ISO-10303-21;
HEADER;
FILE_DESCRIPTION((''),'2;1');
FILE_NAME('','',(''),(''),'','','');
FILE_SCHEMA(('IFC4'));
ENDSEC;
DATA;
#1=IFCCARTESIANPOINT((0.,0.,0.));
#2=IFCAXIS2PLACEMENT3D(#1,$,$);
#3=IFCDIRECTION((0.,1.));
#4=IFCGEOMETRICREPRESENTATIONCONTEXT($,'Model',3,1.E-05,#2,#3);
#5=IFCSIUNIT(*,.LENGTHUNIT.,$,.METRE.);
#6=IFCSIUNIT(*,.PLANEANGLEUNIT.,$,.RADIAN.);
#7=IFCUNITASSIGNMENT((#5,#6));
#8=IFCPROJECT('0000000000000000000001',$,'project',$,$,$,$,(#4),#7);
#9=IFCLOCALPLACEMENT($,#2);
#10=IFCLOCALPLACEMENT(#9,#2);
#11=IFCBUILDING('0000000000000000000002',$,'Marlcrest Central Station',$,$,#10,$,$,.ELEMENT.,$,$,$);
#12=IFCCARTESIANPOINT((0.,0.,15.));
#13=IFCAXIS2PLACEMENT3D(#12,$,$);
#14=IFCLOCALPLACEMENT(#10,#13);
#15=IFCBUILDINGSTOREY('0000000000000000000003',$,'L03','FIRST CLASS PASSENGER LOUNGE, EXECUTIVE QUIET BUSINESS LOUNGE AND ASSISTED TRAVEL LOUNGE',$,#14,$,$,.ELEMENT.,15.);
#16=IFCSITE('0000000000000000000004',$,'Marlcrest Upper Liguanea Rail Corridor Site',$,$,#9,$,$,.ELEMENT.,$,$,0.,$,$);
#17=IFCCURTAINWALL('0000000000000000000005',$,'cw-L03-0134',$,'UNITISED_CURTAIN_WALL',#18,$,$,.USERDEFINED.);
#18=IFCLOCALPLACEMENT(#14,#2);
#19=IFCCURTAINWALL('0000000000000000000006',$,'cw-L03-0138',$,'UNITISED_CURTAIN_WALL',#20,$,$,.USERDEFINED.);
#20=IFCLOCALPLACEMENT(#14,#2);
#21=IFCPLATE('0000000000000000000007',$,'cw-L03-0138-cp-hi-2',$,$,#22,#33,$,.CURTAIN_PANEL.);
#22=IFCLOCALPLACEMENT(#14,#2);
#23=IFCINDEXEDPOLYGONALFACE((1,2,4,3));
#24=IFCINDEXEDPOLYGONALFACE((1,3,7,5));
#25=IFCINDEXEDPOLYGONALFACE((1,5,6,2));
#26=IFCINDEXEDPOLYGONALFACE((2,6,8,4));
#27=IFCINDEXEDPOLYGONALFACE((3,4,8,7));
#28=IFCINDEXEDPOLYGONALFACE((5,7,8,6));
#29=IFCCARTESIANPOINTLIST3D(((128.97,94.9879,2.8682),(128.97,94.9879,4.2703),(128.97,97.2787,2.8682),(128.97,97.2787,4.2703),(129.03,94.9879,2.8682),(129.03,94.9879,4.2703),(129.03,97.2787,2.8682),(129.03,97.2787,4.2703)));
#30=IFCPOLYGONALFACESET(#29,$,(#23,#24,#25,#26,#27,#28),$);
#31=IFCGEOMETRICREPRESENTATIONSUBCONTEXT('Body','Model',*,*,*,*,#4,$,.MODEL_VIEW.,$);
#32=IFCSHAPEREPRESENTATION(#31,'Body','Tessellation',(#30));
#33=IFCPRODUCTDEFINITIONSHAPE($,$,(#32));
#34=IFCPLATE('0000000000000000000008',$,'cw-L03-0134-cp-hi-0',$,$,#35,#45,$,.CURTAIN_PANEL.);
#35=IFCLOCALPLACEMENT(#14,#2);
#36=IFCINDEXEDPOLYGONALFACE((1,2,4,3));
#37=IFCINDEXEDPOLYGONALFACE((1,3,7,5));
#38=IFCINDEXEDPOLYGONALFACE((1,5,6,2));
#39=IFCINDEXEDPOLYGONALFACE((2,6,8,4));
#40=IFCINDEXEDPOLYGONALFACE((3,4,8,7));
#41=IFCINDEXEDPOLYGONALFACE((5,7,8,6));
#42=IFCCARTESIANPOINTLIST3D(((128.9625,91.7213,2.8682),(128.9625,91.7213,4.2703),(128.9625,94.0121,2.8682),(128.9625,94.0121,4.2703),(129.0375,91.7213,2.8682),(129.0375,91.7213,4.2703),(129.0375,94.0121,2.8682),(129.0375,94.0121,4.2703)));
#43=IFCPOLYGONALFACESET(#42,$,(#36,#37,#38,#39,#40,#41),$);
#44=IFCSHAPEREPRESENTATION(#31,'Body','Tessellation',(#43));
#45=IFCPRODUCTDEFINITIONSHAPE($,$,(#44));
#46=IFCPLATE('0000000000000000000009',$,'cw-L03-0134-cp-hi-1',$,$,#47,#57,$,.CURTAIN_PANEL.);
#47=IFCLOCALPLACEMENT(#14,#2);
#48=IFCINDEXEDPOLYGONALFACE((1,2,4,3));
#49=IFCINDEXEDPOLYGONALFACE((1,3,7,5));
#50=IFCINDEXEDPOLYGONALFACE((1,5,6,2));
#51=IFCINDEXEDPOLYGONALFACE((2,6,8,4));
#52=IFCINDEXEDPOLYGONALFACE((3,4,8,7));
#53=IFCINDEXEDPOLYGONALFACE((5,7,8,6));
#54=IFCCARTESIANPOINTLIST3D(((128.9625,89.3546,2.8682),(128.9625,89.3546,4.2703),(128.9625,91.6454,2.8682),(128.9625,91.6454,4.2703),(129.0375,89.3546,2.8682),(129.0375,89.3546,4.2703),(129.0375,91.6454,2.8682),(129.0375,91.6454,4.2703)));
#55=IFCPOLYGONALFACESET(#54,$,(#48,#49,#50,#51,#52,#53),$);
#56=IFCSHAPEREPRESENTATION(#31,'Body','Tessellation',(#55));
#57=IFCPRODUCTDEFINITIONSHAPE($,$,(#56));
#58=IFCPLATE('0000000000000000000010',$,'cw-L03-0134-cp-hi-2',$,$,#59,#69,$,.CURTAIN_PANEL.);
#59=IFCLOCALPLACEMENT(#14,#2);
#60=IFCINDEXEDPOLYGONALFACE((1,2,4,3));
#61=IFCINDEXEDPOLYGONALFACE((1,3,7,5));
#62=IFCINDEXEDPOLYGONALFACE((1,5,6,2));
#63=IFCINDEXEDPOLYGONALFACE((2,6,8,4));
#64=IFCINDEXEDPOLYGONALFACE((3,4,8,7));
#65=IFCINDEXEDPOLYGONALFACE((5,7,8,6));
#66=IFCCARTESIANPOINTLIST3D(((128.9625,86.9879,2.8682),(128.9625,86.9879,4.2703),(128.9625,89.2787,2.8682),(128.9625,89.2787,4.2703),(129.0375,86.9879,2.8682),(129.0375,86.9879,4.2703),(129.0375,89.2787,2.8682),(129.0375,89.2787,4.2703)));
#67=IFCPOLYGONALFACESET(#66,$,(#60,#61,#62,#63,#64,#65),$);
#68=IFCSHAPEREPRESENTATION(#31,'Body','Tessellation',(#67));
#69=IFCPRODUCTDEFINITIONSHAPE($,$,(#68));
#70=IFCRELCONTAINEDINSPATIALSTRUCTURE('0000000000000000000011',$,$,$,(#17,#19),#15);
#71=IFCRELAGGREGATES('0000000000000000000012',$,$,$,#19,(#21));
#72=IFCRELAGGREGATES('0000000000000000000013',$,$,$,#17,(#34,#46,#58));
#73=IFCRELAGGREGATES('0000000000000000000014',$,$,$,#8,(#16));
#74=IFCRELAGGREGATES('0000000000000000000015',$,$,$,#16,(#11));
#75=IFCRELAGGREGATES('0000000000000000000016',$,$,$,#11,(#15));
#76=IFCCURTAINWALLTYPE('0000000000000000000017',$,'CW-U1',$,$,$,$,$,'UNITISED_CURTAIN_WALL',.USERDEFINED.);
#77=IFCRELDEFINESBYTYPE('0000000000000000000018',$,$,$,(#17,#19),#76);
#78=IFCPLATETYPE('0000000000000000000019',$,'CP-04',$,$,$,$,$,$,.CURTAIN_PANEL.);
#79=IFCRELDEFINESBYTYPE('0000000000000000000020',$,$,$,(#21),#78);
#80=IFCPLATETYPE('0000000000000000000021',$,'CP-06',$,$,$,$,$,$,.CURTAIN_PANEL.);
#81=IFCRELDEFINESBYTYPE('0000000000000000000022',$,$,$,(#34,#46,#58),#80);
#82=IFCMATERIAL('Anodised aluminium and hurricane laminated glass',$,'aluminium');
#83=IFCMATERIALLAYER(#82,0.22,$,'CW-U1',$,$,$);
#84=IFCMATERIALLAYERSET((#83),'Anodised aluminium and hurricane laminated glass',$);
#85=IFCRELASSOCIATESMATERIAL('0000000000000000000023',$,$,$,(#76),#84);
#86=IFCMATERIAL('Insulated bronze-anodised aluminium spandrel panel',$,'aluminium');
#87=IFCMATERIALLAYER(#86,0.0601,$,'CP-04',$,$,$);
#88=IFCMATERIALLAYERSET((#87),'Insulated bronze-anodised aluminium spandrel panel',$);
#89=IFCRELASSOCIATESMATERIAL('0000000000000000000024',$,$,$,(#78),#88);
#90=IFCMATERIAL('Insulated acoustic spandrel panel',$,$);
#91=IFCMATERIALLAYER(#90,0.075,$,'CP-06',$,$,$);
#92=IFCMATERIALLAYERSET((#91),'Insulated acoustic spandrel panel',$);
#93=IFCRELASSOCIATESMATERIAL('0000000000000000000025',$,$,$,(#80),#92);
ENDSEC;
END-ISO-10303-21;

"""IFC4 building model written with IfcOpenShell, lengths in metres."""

from ifc_helpers import new_model, si_unit, direction, frame, origin, origin_2d, place, context, subcontext, project, spatial, rectangle, extrude, material, layer, layer_set, type_object, element, aggregate, save


model = new_model("IFC4")

# Units and contexts
model_context = context("Model", 3, precision=1e-05, world=origin(), true_north=direction((0.0, 1.0)))
body_context = subcontext(model_context, "Body", "Model", "MODEL_VIEW")
ifc_project = project(units=[si_unit("LENGTHUNIT", "METRE"), si_unit("PLANEANGLEUNIT", "RADIAN")], contexts=[model_context])

# Site, building, storey
site_placement = place(None, origin())
site = spatial("IfcSite", under=ifc_project, at=site_placement, Name="Marlcrest Upper Liguanea Rail Corridor Site", CompositionType="ELEMENT", RefElevation=0.0)
building_placement = place(site_placement, origin())
building = spatial("IfcBuilding", under=site, at=building_placement, Name="Marlcrest Central Station", CompositionType="ELEMENT")
storey_placement = place(building_placement, frame((0.0, 0.0, 15.0)))
storey = spatial("IfcBuildingStorey", under=building, at=storey_placement, Name="L03", Description="FIRST CLASS PASSENGER LOUNGE, EXECUTIVE QUIET BUSINESS LOUNGE AND ASSISTED TRAVEL LOUNGE", CompositionType="ELEMENT", Elevation=15.0)

# Curtain walls
ifc_material_1 = material(Name="Anodised aluminium and hurricane laminated glass", Category="aluminium")
ifc_layer_1 = layer(ifc_material_1, 0.22, Name="CW-U1")
ifc_layer_set_1 = layer_set([ifc_layer_1], Name="Anodised aluminium and hurricane laminated glass")
curtain_wall_type = type_object("IfcCurtainWallType", Name="CW-U1", ElementType="UNITISED_CURTAIN_WALL", PredefinedType="USERDEFINED", material=ifc_layer_set_1)
curtain_wall_1_placement = place(storey_placement, origin())
curtain_wall_1 = element("IfcCurtainWall", 1, at=curtain_wall_1_placement, inside=storey, type_object=curtain_wall_type, Name="cw-L03-0134", ObjectType="UNITISED_CURTAIN_WALL", PredefinedType="USERDEFINED")
curtain_wall_2_placement = place(storey_placement, origin())
curtain_wall_2 = element("IfcCurtainWall", 2, at=curtain_wall_2_placement, inside=storey, type_object=curtain_wall_type, Name="cw-L03-0138", ObjectType="UNITISED_CURTAIN_WALL", PredefinedType="USERDEFINED")

# Plates
ifc_material_2 = material(Name="Insulated bronze-anodised aluminium spandrel panel", Category="aluminium")
ifc_layer_2 = layer(ifc_material_2, 0.0601, Name="CP-04")
ifc_layer_set_2 = layer_set([ifc_layer_2], Name="Insulated bronze-anodised aluminium spandrel panel")
plate_type_1 = type_object("IfcPlateType", Name="CP-04", PredefinedType="CURTAIN_PANEL", material=ifc_layer_set_2)
plate_1_placement = place(storey_placement, frame((129.0, 96.1333, 2.8682), z_axis=(0.0, 0.0, 1.0), x_axis=(0.0, -1.0, 0.0)))
plate_1 = element("IfcPlate", 3, at=plate_1_placement, type_object=plate_type_1, Name="cw-L03-0138-cp-hi-2", PredefinedType="CURTAIN_PANEL", context=body_context, shape_type="SweptSolid", body=[
    extrude(rectangle(XDim=2.2908, YDim=0.0601, at=origin_2d()), origin(), (0.0, 0.0, 1.0), 1.4021),
])
aggregate(curtain_wall_2, [plate_1])
ifc_material_3 = material(Name="Insulated acoustic spandrel panel")
ifc_layer_3 = layer(ifc_material_3, 0.075, Name="CP-06")
ifc_layer_set_3 = layer_set([ifc_layer_3], Name="Insulated acoustic spandrel panel")
plate_type_2 = type_object("IfcPlateType", Name="CP-06", PredefinedType="CURTAIN_PANEL", material=ifc_layer_set_3)
plate_2_placement = place(storey_placement, frame((129.0, 92.8667, 2.8682), z_axis=(0.0, 0.0, 1.0), x_axis=(0.0, -1.0, 0.0)))
plate_2 = element("IfcPlate", 4, at=plate_2_placement, type_object=plate_type_2, Name="cw-L03-0134-cp-hi-0", PredefinedType="CURTAIN_PANEL", context=body_context, shape_type="SweptSolid", body=[
    extrude(rectangle(XDim=2.2908, YDim=0.075, at=origin_2d()), origin(), (0.0, 0.0, 1.0), 1.4021),
])
plate_3_placement = place(storey_placement, frame((129.0, 90.5, 2.8682), z_axis=(0.0, 0.0, 1.0), x_axis=(0.0, -1.0, 0.0)))
plate_3 = element("IfcPlate", 5, at=plate_3_placement, type_object=plate_type_2, Name="cw-L03-0134-cp-hi-1", PredefinedType="CURTAIN_PANEL", context=body_context, shape_type="SweptSolid", body=[
    extrude(rectangle(XDim=2.2908, YDim=0.075, at=origin_2d()), origin(), (0.0, 0.0, 1.0), 1.4021),
])
plate_4_placement = place(storey_placement, frame((129.0, 88.1333, 2.8682), z_axis=(0.0, 0.0, 1.0), x_axis=(0.0, -1.0, 0.0)))
plate_4 = element("IfcPlate", 6, at=plate_4_placement, type_object=plate_type_2, Name="cw-L03-0134-cp-hi-2", PredefinedType="CURTAIN_PANEL", context=body_context, shape_type="SweptSolid", body=[
    extrude(rectangle(XDim=2.2908, YDim=0.075, at=origin_2d()), origin(), (0.0, 0.0, 1.0), 1.4021),
])
aggregate(curtain_wall_1, [plate_2, plate_3, plate_4])

save(model, "model.ifc")
